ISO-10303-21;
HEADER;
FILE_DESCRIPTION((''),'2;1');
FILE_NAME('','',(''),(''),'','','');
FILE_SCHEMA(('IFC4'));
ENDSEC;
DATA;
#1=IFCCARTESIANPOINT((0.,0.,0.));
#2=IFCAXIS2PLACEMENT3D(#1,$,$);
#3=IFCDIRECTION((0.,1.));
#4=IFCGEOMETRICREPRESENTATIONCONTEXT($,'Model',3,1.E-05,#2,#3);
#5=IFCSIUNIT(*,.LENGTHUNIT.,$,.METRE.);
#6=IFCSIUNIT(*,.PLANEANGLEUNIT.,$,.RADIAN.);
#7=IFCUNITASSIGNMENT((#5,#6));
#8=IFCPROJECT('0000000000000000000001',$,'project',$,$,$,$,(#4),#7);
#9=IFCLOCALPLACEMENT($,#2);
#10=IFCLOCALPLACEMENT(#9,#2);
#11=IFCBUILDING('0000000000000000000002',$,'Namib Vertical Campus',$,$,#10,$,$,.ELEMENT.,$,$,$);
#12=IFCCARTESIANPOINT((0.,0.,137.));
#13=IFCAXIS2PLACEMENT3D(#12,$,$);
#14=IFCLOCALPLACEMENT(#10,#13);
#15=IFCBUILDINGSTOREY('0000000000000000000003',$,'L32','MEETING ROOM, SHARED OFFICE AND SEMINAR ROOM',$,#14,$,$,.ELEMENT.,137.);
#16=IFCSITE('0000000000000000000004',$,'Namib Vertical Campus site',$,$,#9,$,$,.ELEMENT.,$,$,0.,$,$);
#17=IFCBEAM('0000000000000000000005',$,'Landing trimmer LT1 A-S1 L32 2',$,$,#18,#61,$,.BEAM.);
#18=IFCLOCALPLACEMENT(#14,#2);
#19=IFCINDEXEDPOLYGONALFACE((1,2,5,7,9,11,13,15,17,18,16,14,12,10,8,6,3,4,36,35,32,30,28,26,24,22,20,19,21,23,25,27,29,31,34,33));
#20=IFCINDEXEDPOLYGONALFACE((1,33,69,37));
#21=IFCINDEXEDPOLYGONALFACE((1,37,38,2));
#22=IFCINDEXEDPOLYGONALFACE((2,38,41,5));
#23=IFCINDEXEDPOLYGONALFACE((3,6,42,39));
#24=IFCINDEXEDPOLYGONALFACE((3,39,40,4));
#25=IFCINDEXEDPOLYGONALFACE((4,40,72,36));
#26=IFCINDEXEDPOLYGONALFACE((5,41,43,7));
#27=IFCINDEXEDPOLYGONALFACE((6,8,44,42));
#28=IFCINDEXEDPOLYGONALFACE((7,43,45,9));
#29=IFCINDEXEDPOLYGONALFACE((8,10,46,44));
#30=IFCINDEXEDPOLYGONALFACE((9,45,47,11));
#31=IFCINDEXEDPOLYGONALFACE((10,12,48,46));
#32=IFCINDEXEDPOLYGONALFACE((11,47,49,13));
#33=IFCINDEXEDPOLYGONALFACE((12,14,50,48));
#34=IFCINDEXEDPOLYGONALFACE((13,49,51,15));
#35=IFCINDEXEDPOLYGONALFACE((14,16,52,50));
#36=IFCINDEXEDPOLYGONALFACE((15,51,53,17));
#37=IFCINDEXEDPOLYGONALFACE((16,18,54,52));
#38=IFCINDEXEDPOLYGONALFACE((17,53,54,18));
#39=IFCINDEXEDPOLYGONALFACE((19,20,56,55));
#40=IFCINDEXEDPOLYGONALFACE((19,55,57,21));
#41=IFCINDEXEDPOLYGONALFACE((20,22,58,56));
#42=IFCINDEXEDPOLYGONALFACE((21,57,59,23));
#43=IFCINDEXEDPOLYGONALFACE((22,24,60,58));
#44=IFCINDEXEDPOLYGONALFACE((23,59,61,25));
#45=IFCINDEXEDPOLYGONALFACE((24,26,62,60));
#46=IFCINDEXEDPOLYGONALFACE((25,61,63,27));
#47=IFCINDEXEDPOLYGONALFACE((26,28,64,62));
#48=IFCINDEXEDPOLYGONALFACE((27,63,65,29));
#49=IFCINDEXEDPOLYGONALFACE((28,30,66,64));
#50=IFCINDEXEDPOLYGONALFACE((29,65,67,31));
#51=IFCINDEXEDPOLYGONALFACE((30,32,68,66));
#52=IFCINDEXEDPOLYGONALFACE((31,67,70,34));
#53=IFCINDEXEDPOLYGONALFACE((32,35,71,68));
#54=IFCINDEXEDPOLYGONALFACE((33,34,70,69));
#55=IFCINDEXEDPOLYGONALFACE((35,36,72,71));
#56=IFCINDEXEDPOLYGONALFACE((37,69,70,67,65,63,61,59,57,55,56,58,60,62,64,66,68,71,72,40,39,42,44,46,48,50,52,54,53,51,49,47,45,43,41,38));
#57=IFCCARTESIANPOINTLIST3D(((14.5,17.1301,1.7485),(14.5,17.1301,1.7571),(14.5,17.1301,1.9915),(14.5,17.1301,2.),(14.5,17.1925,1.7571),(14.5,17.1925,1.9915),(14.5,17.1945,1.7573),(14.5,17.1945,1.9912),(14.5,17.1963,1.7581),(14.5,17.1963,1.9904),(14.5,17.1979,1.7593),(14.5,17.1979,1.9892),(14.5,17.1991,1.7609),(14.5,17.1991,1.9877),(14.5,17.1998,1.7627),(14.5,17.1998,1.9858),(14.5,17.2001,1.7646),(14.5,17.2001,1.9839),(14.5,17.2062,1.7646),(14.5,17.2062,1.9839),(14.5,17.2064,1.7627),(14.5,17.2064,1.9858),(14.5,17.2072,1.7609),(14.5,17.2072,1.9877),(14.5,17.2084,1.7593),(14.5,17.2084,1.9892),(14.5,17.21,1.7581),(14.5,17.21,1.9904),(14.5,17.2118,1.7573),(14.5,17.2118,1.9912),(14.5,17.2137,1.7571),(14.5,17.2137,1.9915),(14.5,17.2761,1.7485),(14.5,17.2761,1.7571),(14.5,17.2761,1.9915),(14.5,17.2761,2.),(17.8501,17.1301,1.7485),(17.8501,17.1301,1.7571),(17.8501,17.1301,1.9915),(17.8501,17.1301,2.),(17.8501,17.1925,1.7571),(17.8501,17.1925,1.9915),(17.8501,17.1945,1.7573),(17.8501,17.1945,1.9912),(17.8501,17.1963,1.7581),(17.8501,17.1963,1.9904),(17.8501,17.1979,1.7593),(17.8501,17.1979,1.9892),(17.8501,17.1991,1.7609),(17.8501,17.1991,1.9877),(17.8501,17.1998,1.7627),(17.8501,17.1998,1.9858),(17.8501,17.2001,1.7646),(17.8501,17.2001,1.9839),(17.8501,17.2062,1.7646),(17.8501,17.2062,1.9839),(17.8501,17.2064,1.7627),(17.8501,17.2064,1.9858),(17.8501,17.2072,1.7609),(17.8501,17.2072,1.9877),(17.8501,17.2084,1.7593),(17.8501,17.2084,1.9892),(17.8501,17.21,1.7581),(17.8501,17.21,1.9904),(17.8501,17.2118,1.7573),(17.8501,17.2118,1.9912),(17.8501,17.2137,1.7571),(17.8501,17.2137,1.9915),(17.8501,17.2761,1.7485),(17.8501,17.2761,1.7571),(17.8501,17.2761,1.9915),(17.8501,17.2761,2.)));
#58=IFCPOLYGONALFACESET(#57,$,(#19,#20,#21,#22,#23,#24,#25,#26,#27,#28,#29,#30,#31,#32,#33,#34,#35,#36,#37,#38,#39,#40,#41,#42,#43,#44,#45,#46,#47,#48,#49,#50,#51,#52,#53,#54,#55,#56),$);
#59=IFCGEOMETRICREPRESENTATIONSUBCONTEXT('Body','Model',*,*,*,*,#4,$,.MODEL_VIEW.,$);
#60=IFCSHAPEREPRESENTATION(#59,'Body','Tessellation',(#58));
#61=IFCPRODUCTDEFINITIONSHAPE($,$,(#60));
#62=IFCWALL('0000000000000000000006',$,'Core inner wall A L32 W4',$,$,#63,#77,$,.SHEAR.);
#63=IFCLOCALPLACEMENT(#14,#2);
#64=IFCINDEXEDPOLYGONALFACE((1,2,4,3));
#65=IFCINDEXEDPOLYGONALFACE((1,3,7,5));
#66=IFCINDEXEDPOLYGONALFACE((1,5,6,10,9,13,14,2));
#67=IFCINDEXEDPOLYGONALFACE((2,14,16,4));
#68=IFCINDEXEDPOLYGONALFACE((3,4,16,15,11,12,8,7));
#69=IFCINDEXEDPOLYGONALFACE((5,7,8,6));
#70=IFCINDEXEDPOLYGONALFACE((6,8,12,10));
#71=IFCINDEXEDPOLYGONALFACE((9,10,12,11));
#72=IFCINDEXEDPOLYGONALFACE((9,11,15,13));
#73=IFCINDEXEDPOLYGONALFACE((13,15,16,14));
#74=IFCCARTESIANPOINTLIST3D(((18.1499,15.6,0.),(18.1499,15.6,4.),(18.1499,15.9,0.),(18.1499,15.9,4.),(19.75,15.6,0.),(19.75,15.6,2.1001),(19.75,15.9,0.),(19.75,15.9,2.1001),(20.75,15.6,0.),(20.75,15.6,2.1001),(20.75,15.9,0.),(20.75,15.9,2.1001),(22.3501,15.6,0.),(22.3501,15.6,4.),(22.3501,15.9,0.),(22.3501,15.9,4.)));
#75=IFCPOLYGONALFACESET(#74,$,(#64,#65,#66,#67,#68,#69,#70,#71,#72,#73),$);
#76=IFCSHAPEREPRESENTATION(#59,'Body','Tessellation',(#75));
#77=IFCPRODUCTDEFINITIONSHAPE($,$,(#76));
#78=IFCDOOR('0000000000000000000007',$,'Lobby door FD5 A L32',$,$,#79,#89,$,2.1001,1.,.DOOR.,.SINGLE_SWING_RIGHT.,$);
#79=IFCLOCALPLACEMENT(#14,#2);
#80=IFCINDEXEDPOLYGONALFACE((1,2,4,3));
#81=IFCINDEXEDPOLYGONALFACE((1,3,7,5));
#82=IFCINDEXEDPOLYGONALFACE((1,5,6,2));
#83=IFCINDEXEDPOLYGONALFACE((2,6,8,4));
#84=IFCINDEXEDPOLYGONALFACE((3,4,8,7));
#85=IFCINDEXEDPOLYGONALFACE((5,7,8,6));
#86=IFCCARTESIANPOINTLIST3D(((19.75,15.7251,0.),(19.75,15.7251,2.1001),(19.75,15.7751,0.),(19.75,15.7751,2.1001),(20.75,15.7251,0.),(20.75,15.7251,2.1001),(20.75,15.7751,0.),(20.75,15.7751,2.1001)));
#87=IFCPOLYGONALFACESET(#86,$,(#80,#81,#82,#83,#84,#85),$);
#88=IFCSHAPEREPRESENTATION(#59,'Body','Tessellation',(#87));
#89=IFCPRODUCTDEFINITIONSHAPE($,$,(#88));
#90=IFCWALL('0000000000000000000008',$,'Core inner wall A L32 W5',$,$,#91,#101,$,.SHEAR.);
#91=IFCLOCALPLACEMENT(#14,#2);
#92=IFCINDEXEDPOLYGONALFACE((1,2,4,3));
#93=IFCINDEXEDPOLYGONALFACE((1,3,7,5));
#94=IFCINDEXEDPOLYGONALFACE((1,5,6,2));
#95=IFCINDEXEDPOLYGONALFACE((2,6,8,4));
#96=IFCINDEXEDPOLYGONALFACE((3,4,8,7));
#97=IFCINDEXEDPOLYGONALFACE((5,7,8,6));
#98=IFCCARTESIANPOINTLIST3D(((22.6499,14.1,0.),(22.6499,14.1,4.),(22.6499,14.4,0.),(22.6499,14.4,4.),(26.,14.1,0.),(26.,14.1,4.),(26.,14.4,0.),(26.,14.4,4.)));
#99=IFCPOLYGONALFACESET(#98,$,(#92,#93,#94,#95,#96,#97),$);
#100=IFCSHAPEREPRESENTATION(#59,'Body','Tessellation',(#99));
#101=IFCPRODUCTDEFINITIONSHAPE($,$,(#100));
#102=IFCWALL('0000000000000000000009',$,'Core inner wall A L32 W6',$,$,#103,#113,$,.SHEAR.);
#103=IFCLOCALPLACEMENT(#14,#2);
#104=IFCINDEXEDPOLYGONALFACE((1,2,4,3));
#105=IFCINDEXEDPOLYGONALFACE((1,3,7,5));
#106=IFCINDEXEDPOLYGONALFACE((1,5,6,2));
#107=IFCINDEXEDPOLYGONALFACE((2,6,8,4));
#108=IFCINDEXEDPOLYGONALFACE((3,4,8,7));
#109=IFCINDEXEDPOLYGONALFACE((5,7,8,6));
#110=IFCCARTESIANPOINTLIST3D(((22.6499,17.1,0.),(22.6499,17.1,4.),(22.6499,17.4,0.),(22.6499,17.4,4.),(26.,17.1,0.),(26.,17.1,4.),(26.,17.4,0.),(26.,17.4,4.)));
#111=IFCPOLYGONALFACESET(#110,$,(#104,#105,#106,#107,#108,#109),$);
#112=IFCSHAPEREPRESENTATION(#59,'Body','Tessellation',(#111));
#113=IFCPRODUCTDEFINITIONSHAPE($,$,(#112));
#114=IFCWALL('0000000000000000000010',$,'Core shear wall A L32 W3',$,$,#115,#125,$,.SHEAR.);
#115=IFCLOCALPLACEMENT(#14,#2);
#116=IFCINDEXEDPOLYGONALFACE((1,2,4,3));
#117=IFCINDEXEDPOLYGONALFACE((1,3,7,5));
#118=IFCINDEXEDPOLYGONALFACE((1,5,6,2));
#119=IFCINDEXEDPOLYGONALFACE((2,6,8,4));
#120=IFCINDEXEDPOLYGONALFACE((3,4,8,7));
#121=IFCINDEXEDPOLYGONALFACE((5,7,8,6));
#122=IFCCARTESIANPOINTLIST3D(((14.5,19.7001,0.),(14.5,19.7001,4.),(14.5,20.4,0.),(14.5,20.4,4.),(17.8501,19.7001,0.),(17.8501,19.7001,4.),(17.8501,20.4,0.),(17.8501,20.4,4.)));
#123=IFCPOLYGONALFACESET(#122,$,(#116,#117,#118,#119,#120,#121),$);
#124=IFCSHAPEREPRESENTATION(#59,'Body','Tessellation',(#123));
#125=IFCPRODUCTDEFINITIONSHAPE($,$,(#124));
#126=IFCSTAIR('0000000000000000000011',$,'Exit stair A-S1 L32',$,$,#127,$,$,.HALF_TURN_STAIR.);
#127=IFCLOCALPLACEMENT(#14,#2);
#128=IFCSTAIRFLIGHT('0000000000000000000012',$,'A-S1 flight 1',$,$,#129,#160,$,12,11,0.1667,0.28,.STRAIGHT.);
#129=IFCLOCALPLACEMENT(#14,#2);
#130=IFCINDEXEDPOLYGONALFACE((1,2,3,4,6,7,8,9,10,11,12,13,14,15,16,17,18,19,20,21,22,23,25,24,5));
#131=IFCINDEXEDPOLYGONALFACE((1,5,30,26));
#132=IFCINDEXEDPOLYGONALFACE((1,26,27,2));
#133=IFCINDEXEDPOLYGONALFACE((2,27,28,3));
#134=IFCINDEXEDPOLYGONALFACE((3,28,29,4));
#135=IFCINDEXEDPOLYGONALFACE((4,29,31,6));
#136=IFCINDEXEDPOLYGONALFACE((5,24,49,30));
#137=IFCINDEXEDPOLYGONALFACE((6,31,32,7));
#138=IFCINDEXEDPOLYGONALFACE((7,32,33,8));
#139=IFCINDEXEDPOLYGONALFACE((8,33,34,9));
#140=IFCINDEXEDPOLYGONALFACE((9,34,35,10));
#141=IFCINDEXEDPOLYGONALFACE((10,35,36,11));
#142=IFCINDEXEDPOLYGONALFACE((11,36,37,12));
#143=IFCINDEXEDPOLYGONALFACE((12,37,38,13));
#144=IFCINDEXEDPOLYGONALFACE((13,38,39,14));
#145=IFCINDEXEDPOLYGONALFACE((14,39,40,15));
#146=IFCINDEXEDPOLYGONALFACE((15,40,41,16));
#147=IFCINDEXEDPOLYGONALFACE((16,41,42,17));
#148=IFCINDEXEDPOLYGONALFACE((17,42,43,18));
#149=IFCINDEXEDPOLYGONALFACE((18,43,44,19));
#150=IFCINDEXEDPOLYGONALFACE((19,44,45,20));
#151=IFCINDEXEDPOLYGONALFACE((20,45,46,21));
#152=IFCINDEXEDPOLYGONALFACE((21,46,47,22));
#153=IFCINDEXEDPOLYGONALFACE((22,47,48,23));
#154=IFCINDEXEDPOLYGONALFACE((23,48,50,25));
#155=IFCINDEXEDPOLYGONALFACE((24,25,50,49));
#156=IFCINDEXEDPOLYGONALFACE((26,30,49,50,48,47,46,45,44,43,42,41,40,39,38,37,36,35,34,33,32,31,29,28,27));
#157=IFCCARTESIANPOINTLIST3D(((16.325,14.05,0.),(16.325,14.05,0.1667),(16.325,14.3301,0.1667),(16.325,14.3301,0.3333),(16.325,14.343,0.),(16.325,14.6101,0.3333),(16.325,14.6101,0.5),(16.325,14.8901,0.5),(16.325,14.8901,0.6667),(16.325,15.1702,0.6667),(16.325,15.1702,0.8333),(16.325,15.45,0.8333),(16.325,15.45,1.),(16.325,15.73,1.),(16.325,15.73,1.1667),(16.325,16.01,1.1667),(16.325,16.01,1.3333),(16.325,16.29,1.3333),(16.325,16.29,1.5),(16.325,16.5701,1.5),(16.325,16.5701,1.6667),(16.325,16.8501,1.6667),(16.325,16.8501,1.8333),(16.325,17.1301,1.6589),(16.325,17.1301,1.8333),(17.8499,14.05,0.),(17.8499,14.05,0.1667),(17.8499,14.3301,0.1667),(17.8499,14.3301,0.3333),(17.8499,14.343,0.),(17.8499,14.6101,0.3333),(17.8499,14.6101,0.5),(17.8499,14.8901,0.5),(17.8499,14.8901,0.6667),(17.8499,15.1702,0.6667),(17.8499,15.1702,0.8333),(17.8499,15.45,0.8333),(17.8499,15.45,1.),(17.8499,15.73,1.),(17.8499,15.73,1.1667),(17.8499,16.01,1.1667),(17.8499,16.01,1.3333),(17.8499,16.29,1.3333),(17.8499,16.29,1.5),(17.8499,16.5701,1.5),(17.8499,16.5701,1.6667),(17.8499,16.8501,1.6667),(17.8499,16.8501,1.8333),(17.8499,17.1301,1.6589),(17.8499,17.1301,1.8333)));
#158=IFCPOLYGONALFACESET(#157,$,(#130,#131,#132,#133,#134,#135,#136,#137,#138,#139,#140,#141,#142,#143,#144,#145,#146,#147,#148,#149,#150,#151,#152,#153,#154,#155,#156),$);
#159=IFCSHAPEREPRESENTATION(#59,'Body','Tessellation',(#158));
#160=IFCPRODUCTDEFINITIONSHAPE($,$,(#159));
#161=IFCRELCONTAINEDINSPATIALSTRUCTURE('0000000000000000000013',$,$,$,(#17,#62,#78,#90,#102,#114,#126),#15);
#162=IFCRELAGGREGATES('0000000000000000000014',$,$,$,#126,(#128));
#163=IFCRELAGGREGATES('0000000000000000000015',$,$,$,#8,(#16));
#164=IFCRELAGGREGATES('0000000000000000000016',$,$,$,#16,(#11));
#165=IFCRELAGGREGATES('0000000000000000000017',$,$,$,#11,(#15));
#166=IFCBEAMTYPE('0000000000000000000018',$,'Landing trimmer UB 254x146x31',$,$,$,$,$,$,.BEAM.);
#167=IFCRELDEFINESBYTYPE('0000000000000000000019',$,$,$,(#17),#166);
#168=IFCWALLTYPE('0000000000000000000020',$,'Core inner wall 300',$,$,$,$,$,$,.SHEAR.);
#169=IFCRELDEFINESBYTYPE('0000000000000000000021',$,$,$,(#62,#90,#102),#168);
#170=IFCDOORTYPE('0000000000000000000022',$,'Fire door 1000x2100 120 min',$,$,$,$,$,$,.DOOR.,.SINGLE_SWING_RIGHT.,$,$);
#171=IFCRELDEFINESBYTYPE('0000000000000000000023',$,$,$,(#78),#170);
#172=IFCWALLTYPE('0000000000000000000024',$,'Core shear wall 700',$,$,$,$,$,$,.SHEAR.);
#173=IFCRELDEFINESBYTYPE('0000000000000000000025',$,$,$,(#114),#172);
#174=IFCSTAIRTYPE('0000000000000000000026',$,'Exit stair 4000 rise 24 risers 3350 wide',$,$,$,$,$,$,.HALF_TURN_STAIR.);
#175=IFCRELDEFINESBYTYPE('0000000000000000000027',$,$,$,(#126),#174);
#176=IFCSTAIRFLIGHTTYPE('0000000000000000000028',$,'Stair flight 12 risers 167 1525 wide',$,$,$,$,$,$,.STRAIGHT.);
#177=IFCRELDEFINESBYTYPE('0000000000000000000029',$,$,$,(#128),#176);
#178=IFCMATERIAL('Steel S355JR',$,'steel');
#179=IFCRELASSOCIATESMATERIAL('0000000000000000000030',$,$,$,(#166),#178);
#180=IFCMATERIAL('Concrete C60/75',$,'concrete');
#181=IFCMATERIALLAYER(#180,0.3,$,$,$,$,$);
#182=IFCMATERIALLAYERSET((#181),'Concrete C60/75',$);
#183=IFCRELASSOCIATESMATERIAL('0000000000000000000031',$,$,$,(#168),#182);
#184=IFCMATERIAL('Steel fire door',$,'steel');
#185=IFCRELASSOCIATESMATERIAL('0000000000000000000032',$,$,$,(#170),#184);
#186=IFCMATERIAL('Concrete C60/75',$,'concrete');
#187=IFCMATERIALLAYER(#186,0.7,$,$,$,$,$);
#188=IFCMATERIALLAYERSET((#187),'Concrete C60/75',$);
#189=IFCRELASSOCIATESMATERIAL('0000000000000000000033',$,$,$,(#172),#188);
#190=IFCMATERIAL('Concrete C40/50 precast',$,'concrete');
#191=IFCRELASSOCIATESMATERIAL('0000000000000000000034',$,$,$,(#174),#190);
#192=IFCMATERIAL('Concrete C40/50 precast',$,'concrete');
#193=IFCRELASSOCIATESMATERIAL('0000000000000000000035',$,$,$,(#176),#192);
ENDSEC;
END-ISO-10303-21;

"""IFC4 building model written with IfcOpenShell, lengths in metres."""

from ifc_helpers import new_model, si_unit, direction, frame, frame_2d, origin, origin_2d, place, context, subcontext, project, spatial, polyline, rectangle, i_section, outline, extrude, material, layer, layer_set, material_profile, profile_set, type_object, element, fill, aggregate, save


model = new_model("IFC4")

# Units and contexts
model_context = context("Model", 3, precision=1e-05, world=origin(), true_north=direction((0.0, 1.0)))
body_context = subcontext(model_context, "Body", "Model", "MODEL_VIEW")
ifc_project = project(units=[si_unit("LENGTHUNIT", "METRE"), si_unit("PLANEANGLEUNIT", "RADIAN")], contexts=[model_context])

# Site, building, storey
site_placement = place(None, origin())
site = spatial("IfcSite", under=ifc_project, at=site_placement, Name="Namib Vertical Campus site", CompositionType="ELEMENT", RefElevation=0.0)
building_placement = place(site_placement, origin())
building = spatial("IfcBuilding", under=site, at=building_placement, Name="Namib Vertical Campus", CompositionType="ELEMENT")
storey_placement = place(building_placement, frame((0.0, 0.0, 137.0)))
storey = spatial("IfcBuildingStorey", under=building, at=storey_placement, Name="L32", Description="MEETING ROOM, SHARED OFFICE AND SEMINAR ROOM", CompositionType="ELEMENT", Elevation=137.0)

# Beam
ifc_material_1 = material(Name="Steel S355JR", Category="steel")
ifc_material_profile = material_profile(ifc_material_1, i_section(OverallWidth=0.146, OverallDepth=0.2515, WebThickness=0.0061, FlangeThickness=0.0085, FilletRadius=0.0076, at=origin_2d()))
ifc_profile_set = profile_set([ifc_material_profile], Name="Steel S355JR")
beam_type = type_object("IfcBeamType", Name="Landing trimmer UB 254x146x31", PredefinedType="BEAM", material=ifc_profile_set)
beam_placement = place(storey_placement, frame((14.5, 17.2031, 1.8743), z_axis=(1.0, 0.0, 0.0), x_axis=(0.0, 1.0, 0.0)))
element("IfcBeam", 1, at=beam_placement, inside=storey, type_object=beam_type, Name="Landing trimmer LT1 A-S1 L32 2", PredefinedType="BEAM", context=body_context, shape_type="SweptSolid", body=[
    extrude(i_section(OverallWidth=0.146, OverallDepth=0.2515, WebThickness=0.0061, FlangeThickness=0.0085, FilletRadius=0.0076, at=origin_2d()), origin(), (0.0, 0.0, 1.0), 3.3501),
])

# Wall, opening, door
ifc_material_2 = material(Name="Concrete C60/75", Category="concrete")
ifc_layer_1 = layer(ifc_material_2, 0.3)
ifc_layer_set_1 = layer_set([ifc_layer_1], Name="Concrete C60/75")
wall_type_1 = type_object("IfcWallType", Name="Core inner wall 300", PredefinedType="SHEAR", material=ifc_layer_set_1)
wall_1_placement = place(storey_placement, frame((18.1499, 15.75, 0.0), z_axis=(0.0, 0.0, 1.0), x_axis=(1.0, 0.0, 0.0)))
wall_1 = element("IfcWall", 2, at=wall_1_placement, inside=storey, type_object=wall_type_1, Name="Core inner wall A L32 W4", PredefinedType="SHEAR", context=body_context, shape_type="SweptSolid", body=[
    extrude(rectangle(XDim=4.2002, YDim=0.3, at=frame_2d((2.1001, 0.0))), origin(), (0.0, 0.0, 1.0), 4.0),
])
opening_placement = place(wall_1_placement, frame((1.6001, 0.0, 0.0)))
opening = element("IfcOpeningElement", 3, at=opening_placement, cuts=wall_1, PredefinedType="OPENING", context=body_context, shape_type="SweptSolid", body=[
    extrude(rectangle(XDim=1.0, YDim=2.1001, at=frame_2d((0.5, 1.05))), frame((0.0, 0.1599, 0.0), z_axis=(0.0, -1.0, 0.0), x_axis=(1.0, 0.0, 0.0)), (0.0, 0.0, 1.0), 0.3201),
])
ifc_material_3 = material(Name="Steel fire door", Category="steel")
door_type = type_object("IfcDoorType", Name="Fire door 1000x2100 120 min", OperationType="SINGLE_SWING_RIGHT", PredefinedType="DOOR", material=ifc_material_3)
door_placement = place(opening_placement, frame((1.0, 0.0, 0.0), z_axis=(0.0, 0.0, 1.0), x_axis=(-1.0, 0.0, 0.0)))
door = element("IfcDoor", 4, at=door_placement, inside=storey, type_object=door_type, Name="Lobby door FD5 A L32", OperationType="SINGLE_SWING_RIGHT", OverallHeight=2.1001, OverallWidth=1.0, PredefinedType="DOOR", context=body_context, shape_type="SweptSolid", body=[
    extrude(rectangle(XDim=1.0, YDim=2.1001, at=frame_2d((0.5, 1.05))), frame((0.0, 0.0249, 0.0), z_axis=(0.0, -1.0, 0.0), x_axis=(1.0, 0.0, 0.0)), (0.0, 0.0, 1.0), 0.05),
])
fill(opening, door)

# Walls
for number, where, z_axis, x_axis, name in (
    (5, (22.6499, 14.25, 0.0), (0.0, 0.0, 1.0), (1.0, 0.0, 0.0), "Core inner wall A L32 W5"),
    (6, (22.6499, 17.25, 0.0), (0.0, 0.0, 1.0), (1.0, 0.0, 0.0), "Core inner wall A L32 W6"),
):
    element("IfcWall", number, at=place(storey_placement, frame(where, z_axis=z_axis, x_axis=x_axis)), inside=storey, type_object=wall_type_1, Name=name, PredefinedType="SHEAR", context=body_context, shape_type="SweptSolid", body=[
        extrude(rectangle(XDim=3.3501, YDim=0.3, at=frame_2d((1.675, 0.0))), origin(), (0.0, 0.0, 1.0), 4.0),
    ])
ifc_material_4 = material(Name="Concrete C60/75", Category="concrete")
ifc_layer_2 = layer(ifc_material_4, 0.7)
ifc_layer_set_2 = layer_set([ifc_layer_2], Name="Concrete C60/75")
wall_type_2 = type_object("IfcWallType", Name="Core shear wall 700", PredefinedType="SHEAR", material=ifc_layer_set_2)
wall_2_placement = place(storey_placement, frame((14.5, 20.05, 0.0), z_axis=(0.0, 0.0, 1.0), x_axis=(1.0, 0.0, 0.0)))
element("IfcWall", 7, at=wall_2_placement, inside=storey, type_object=wall_type_2, Name="Core shear wall A L32 W3", PredefinedType="SHEAR", context=body_context, shape_type="SweptSolid", body=[
    extrude(rectangle(XDim=3.3501, YDim=0.7, at=frame_2d((1.675, 0.0))), origin(), (0.0, 0.0, 1.0), 4.0),
])

# Stair, stair flight
ifc_material_5 = material(Name="Concrete C40/50 precast", Category="concrete")
stair_type = type_object("IfcStairType", Name="Exit stair 4000 rise 24 risers 3350 wide", PredefinedType="HALF_TURN_STAIR", material=ifc_material_5)
stair_placement = place(storey_placement, origin())
stair = element("IfcStair", 8, at=stair_placement, inside=storey, type_object=stair_type, Name="Exit stair A-S1 L32", PredefinedType="HALF_TURN_STAIR")
ifc_material_6 = material(Name="Concrete C40/50 precast", Category="concrete")
stair_flight_type = type_object("IfcStairFlightType", Name="Stair flight 12 risers 167 1525 wide", PredefinedType="STRAIGHT", material=ifc_material_6)
stair_flight_1_placement = place(storey_placement, frame((17.0874, 14.05, 0.0), z_axis=(0.0, 0.0, 1.0), x_axis=(0.0, 1.0, 0.0)))
stair_flight_1 = element("IfcStairFlight", 9, at=stair_flight_1_placement, type_object=stair_flight_type, Name="A-S1 flight 1", NumberOfRisers=12, NumberOfTreads=11, PredefinedType="STRAIGHT", RiserHeight=0.1667, TreadLength=0.28, context=body_context, shape_type="SweptSolid", body=[
    extrude(outline(polyline([(0.0, 0.0), (0.0, 0.1667), (0.28, 0.1667), (0.28, 0.3333), (0.5601, 0.3333), (0.5601, 0.5), (0.8401, 0.5), (0.8401, 0.6667), (1.1201, 0.6667), (1.1201, 0.8333), (1.3999, 0.8333), (1.3999, 1.0), (1.6799, 1.0), (1.6799, 1.1667), (1.96, 1.1667), (1.96, 1.3333), (2.24, 1.3333), (2.24, 1.5), (2.52, 1.5), (2.52, 1.6667), (2.8, 1.6667), (2.8, 1.8333), (3.0801, 1.8333), (3.0801, 2.0), (3.0801, 1.6589), (0.293, 0.0), (0.0, 0.0)])), frame((0.0, 0.7625, 0.0), z_axis=(0.0, -1.0, 0.0), x_axis=(1.0, 0.0, 0.0)), (0.0, 0.0, 1.0), 1.5249),
])
aggregate(stair, [stair_flight_1])

save(model, "model.ifc")
